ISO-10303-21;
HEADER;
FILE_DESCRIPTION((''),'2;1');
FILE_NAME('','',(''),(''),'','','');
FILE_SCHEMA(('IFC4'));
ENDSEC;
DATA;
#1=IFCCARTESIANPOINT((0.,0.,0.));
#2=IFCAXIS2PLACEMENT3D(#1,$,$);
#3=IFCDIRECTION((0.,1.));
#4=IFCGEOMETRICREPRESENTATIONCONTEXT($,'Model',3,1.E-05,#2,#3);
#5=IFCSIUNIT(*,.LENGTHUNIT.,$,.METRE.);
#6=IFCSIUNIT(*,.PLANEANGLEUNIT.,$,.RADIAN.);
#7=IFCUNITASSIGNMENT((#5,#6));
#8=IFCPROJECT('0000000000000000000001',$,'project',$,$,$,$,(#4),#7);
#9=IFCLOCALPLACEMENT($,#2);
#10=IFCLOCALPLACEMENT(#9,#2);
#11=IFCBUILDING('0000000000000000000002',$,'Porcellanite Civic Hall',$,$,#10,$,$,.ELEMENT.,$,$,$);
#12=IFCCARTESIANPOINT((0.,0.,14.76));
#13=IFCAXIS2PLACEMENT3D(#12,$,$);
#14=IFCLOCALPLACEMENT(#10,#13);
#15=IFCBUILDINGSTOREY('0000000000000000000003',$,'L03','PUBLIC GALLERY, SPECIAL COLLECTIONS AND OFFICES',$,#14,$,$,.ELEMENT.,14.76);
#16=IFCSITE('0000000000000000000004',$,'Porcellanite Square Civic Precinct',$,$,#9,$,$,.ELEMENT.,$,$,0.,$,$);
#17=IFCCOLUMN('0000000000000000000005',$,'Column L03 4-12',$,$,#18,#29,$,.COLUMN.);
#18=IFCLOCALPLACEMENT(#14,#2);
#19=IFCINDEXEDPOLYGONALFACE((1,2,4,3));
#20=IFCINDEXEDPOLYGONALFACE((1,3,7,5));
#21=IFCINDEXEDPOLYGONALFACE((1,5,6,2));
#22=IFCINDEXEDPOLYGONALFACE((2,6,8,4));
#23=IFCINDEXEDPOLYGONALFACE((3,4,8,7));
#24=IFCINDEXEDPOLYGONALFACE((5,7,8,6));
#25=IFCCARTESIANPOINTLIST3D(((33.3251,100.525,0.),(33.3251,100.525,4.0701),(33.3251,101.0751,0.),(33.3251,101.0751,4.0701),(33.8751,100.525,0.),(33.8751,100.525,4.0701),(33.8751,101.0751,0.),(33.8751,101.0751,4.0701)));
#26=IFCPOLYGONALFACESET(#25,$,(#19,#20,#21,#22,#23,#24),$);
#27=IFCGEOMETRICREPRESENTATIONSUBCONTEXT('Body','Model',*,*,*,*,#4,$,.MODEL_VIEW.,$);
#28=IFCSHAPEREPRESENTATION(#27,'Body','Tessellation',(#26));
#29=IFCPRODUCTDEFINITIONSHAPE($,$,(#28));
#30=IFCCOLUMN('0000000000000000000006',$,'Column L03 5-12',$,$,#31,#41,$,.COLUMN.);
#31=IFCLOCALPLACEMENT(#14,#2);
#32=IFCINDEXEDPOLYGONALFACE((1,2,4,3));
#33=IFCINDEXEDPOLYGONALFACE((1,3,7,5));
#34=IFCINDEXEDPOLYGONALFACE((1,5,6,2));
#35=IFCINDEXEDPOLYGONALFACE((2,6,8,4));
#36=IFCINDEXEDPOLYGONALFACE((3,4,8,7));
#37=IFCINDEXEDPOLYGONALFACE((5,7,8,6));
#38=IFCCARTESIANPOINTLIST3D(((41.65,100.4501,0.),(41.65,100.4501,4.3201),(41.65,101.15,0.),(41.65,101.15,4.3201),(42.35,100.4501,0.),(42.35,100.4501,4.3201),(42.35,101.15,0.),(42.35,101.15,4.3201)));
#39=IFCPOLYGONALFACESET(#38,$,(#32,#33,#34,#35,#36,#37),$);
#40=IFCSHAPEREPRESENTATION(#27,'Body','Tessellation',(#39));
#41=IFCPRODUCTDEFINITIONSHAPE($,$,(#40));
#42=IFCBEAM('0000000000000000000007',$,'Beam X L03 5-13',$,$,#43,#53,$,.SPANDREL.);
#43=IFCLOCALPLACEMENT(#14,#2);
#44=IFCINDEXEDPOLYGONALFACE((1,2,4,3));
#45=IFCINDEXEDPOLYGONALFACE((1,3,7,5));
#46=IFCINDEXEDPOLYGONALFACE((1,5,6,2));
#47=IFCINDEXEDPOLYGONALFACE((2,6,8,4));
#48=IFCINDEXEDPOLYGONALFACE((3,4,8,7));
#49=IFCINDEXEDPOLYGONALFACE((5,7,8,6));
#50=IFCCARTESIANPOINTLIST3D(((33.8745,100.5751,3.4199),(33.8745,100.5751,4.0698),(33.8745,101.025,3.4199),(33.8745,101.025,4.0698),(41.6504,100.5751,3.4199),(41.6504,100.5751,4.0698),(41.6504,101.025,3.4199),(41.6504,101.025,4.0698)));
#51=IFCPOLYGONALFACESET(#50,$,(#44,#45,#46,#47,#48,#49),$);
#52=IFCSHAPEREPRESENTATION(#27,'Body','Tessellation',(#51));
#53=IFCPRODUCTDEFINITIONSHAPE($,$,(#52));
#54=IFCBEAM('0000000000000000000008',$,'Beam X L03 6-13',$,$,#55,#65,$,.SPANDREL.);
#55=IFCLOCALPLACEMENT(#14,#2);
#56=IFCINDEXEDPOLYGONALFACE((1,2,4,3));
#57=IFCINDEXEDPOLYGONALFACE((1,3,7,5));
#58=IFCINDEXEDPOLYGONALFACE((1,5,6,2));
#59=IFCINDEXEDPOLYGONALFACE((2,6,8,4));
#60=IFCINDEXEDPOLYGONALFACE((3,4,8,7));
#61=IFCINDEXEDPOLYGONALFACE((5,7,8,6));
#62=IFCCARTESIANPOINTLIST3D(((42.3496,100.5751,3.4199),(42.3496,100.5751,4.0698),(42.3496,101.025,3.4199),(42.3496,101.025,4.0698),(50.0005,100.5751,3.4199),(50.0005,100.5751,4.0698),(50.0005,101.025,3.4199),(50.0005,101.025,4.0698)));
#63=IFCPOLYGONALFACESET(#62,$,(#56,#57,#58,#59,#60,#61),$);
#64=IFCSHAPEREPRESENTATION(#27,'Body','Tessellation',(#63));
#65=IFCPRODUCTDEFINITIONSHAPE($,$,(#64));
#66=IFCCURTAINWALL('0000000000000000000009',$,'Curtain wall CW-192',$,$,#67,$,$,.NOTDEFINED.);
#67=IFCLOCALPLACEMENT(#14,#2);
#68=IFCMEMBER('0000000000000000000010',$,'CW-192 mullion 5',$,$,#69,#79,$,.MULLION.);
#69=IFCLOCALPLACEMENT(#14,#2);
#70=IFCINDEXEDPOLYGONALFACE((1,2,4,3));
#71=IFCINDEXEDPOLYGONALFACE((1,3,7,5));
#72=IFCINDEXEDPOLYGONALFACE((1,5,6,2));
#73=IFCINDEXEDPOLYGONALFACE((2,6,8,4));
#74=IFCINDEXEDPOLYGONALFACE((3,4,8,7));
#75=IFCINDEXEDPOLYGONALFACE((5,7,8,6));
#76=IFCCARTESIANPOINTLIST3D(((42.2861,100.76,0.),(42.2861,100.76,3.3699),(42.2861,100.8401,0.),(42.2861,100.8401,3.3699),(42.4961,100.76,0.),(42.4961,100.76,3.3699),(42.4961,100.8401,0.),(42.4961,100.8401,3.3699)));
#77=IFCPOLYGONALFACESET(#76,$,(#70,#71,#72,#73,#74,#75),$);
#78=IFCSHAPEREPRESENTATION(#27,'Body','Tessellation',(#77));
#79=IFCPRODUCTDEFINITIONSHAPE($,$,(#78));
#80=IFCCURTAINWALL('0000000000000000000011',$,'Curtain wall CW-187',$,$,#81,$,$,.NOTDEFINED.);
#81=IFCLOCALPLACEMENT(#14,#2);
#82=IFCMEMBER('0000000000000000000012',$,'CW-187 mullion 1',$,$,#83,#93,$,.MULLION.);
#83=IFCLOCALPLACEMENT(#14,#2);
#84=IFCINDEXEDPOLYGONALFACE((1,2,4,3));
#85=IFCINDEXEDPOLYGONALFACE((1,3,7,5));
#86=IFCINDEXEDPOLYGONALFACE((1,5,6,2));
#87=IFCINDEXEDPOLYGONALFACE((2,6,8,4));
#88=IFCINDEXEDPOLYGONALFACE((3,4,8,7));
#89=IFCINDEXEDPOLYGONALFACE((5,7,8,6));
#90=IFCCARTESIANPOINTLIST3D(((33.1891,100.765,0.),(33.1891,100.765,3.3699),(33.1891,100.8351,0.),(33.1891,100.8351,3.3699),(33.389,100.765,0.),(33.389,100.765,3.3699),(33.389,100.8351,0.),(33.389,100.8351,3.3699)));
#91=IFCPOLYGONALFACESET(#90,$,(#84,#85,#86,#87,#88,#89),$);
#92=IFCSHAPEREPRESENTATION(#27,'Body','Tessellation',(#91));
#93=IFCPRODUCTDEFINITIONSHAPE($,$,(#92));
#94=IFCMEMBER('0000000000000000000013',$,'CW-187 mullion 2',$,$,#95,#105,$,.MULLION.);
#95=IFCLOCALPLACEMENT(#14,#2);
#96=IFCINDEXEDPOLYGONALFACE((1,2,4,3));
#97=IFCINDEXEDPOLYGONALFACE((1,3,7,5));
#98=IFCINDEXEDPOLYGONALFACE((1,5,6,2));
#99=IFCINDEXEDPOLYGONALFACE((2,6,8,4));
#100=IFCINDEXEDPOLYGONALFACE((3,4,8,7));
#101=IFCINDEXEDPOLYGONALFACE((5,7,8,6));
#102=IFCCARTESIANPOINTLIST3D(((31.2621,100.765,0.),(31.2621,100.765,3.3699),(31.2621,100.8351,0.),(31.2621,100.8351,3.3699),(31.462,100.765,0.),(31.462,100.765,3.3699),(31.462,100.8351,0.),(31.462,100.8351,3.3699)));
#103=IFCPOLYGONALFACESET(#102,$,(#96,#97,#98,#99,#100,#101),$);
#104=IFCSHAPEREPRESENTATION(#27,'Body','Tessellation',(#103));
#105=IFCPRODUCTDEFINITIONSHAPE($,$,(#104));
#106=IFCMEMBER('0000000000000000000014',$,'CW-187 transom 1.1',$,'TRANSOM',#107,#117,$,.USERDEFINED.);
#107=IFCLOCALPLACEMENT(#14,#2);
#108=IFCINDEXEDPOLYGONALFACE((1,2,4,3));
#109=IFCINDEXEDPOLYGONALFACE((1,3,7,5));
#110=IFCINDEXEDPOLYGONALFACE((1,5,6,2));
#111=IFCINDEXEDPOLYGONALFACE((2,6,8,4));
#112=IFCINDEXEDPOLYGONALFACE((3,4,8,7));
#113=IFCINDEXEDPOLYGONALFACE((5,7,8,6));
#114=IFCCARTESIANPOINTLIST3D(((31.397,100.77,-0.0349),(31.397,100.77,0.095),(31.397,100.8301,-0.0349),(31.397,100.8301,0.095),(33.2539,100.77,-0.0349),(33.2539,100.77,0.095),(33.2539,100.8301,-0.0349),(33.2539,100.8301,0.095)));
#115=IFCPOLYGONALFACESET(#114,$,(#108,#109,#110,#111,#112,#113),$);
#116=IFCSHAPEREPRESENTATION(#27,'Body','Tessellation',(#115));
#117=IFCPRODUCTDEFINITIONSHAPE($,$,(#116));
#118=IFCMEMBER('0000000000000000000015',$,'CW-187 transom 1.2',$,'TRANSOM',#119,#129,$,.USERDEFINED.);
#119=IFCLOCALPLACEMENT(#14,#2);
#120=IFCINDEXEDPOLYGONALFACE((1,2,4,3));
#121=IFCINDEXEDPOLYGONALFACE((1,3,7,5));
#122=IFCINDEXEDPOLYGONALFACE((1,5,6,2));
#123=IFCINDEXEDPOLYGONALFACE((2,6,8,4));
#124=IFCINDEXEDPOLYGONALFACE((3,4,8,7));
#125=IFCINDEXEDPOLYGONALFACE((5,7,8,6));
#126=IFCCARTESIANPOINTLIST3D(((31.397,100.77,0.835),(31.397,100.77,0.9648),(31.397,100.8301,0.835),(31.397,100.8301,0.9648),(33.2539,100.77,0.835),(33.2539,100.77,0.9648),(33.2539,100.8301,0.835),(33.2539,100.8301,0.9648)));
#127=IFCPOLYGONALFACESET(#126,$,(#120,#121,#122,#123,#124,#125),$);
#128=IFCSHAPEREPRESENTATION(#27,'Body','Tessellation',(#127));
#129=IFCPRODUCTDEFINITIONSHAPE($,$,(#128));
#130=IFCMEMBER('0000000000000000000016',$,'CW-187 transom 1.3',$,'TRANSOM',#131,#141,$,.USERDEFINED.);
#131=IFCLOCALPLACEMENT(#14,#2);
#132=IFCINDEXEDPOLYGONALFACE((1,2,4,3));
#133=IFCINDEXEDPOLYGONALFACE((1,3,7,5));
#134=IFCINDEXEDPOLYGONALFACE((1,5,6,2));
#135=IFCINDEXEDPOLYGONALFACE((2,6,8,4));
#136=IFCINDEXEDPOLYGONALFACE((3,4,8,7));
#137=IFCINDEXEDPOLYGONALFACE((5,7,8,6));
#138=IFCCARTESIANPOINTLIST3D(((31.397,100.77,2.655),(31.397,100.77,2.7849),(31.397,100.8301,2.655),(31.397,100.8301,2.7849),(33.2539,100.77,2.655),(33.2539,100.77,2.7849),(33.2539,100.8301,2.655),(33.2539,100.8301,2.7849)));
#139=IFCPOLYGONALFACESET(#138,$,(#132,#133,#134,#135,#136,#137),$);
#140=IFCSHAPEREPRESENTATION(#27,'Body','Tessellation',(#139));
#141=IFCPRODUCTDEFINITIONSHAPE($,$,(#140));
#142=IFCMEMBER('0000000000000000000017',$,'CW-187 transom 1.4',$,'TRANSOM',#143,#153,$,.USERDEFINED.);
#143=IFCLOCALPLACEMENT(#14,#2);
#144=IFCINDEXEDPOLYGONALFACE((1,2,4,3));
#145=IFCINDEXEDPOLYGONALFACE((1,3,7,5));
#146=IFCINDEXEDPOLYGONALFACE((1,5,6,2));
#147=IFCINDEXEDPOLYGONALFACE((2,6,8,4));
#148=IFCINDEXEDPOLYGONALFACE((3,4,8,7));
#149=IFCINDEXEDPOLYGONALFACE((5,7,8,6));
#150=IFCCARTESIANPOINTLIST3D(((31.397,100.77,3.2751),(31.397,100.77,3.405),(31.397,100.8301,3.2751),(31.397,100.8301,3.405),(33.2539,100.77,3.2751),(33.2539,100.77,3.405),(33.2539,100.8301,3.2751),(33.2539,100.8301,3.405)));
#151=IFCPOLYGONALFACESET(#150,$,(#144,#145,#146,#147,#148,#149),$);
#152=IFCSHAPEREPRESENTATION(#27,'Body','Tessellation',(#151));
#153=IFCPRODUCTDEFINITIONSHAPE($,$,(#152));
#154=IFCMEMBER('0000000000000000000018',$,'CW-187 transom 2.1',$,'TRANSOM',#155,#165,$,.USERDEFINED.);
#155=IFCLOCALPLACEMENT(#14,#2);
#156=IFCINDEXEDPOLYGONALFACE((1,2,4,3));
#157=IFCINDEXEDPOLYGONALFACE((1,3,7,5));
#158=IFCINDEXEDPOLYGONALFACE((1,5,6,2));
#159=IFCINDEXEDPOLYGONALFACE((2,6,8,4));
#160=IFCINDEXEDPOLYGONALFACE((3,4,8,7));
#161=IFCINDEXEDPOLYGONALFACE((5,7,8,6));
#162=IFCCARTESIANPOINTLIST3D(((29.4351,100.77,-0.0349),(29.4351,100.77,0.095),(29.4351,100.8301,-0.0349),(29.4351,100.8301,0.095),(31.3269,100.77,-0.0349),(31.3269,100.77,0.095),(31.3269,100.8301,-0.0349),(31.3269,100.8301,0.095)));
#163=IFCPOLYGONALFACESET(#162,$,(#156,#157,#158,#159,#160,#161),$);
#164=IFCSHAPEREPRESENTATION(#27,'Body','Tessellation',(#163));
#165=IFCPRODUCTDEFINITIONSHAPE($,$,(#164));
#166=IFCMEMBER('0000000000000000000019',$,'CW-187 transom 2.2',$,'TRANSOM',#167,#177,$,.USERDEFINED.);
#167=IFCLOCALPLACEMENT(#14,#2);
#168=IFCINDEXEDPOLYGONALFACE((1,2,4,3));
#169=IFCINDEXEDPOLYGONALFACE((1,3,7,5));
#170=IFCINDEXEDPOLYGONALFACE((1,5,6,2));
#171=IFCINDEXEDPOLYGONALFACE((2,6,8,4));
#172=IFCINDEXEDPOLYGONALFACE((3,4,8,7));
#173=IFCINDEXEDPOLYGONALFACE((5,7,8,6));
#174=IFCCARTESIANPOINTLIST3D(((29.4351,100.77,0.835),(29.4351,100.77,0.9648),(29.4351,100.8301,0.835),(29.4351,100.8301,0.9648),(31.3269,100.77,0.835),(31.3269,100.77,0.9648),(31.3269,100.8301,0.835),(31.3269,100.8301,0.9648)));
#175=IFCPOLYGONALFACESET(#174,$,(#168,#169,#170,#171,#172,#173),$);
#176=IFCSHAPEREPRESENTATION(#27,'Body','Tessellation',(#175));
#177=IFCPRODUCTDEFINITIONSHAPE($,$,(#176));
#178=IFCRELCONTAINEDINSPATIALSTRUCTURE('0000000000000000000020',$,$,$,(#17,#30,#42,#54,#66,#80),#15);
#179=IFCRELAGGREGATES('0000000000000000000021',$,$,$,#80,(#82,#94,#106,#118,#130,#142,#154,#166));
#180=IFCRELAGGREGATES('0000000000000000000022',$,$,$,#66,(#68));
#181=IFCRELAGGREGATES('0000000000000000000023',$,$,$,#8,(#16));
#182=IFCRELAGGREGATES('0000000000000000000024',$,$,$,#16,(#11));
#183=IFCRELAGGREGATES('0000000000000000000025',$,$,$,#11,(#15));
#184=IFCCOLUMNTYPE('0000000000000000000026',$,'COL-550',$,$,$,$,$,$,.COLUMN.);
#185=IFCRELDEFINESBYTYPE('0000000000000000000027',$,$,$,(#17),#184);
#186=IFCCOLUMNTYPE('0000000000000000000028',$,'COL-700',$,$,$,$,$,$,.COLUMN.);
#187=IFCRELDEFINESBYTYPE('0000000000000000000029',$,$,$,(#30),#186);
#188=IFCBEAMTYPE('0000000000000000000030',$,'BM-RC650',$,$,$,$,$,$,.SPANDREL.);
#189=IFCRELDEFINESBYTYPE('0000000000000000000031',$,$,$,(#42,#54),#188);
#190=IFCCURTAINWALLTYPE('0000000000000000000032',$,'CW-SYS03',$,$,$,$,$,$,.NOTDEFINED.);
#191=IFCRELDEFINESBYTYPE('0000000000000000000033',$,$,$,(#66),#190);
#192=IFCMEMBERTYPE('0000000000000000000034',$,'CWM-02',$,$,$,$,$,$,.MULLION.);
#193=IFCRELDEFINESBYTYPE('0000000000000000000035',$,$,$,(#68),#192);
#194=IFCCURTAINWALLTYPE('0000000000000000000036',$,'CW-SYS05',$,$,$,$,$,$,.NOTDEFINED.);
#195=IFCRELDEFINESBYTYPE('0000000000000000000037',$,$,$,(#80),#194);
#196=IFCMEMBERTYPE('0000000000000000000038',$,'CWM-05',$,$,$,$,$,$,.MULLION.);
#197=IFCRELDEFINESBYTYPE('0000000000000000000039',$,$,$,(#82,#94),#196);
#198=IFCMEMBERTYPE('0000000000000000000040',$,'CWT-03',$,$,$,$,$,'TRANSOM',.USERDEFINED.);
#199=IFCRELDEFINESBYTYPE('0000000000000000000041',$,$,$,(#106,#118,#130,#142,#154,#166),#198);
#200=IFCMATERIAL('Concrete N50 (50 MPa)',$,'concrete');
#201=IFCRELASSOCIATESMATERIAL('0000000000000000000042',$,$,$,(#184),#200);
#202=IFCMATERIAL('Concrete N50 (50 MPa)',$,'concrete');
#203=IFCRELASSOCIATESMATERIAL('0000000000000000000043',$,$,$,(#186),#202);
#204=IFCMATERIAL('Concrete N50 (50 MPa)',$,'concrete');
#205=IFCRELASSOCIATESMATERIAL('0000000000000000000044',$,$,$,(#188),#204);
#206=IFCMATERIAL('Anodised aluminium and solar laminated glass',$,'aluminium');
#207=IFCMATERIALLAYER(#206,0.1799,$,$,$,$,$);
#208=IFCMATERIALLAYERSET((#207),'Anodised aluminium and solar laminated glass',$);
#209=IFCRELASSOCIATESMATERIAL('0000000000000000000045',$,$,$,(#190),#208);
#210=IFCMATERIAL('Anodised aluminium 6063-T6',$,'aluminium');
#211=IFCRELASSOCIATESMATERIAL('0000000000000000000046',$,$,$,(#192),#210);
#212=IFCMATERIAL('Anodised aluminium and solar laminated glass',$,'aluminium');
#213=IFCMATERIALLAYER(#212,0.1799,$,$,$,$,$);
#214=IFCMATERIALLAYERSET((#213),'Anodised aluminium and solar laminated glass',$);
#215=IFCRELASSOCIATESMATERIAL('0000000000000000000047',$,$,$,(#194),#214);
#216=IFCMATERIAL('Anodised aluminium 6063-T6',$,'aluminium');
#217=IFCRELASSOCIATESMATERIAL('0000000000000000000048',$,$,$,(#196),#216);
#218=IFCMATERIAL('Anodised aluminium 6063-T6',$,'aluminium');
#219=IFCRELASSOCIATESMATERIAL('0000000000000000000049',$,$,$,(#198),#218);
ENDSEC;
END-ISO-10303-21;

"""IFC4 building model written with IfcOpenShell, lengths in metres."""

from ifc_helpers import new_model, si_unit, direction, frame, origin, origin_2d, place, context, subcontext, project, spatial, rectangle, extrude, material, layer, layer_set, material_profile, profile_set, type_object, element, aggregate, save


model = new_model("IFC4")

# Units and contexts
model_context = context("Model", 3, precision=1e-05, world=origin(), true_north=direction((0.0, 1.0)))
body_context = subcontext(model_context, "Body", "Model", "MODEL_VIEW")
ifc_project = project(units=[si_unit("LENGTHUNIT", "METRE"), si_unit("PLANEANGLEUNIT", "RADIAN")], contexts=[model_context])

# Site, building, storey
site_placement = place(None, origin())
site = spatial("IfcSite", under=ifc_project, at=site_placement, Name="Porcellanite Square Civic Precinct", CompositionType="ELEMENT", RefElevation=0.0)
building_placement = place(site_placement, origin())
building = spatial("IfcBuilding", under=site, at=building_placement, Name="Porcellanite Civic Hall", CompositionType="ELEMENT")
storey_placement = place(building_placement, frame((0.0, 0.0, 14.76)))
storey = spatial("IfcBuildingStorey", under=building, at=storey_placement, Name="L03", Description="PUBLIC GALLERY, SPECIAL COLLECTIONS AND OFFICES", CompositionType="ELEMENT", Elevation=14.76)

# Columns
ifc_material_1 = material(Name="Concrete N50 (50 MPa)", Category="concrete")
ifc_material_profile_1 = material_profile(ifc_material_1, rectangle(XDim=0.55, YDim=0.55, at=origin_2d()), Name="RC-550x550")
ifc_profile_set_1 = profile_set([ifc_material_profile_1], Name="Concrete N50 (50 MPa)")
column_type_1 = type_object("IfcColumnType", Name="COL-550", PredefinedType="COLUMN", material=ifc_profile_set_1)
column_1_placement = place(storey_placement, frame((33.6001, 100.8, 0.0), z_axis=(0.0, 0.0, 1.0), x_axis=(1.0, 0.0, 0.0)))
element("IfcColumn", 1, at=column_1_placement, inside=storey, type_object=column_type_1, Name="Column L03 4-12", PredefinedType="COLUMN", context=body_context, shape_type="SweptSolid", body=[
    extrude(rectangle(XDim=0.55, YDim=0.55, at=origin_2d()), origin(), (0.0, 0.0, 1.0), 4.0701),
])
ifc_material_2 = material(Name="Concrete N50 (50 MPa)", Category="concrete")
ifc_material_profile_2 = material_profile(ifc_material_2, rectangle(XDim=0.7, YDim=0.7, at=origin_2d()), Name="RC-700x700")
ifc_profile_set_2 = profile_set([ifc_material_profile_2], Name="Concrete N50 (50 MPa)")
column_type_2 = type_object("IfcColumnType", Name="COL-700", PredefinedType="COLUMN", material=ifc_profile_set_2)
column_2_placement = place(storey_placement, frame((42.0, 100.8, 0.0), z_axis=(0.0, 0.0, 1.0), x_axis=(1.0, 0.0, 0.0)))
element("IfcColumn", 2, at=column_2_placement, inside=storey, type_object=column_type_2, Name="Column L03 5-12", PredefinedType="COLUMN", context=body_context, shape_type="SweptSolid", body=[
    extrude(rectangle(XDim=0.7, YDim=0.7, at=origin_2d()), origin(), (0.0, 0.0, 1.0), 4.3201),
])

# Beams
ifc_material_3 = material(Name="Concrete N50 (50 MPa)", Category="concrete")
ifc_material_profile_3 = material_profile(ifc_material_3, rectangle(XDim=0.45, YDim=0.6499, at=origin_2d()), Name="RC-450x650")
ifc_profile_set_3 = profile_set([ifc_material_profile_3], Name="Concrete N50 (50 MPa)")
beam_type = type_object("IfcBeamType", Name="BM-RC650", PredefinedType="SPANDREL", material=ifc_profile_set_3)
beam_1_placement = place(storey_placement, frame((33.8745, 100.8, 3.7449), z_axis=(1.0, 0.0, 0.0), x_axis=(0.0, 1.0, 0.0)))
element("IfcBeam", 3, at=beam_1_placement, inside=storey, type_object=beam_type, Name="Beam X L03 5-13", PredefinedType="SPANDREL", context=body_context, shape_type="SweptSolid", body=[
    extrude(rectangle(XDim=0.45, YDim=0.6499, at=origin_2d()), origin(), (0.0, 0.0, 1.0), 7.7759),
])
beam_2_placement = place(storey_placement, frame((42.3496, 100.8, 3.7449), z_axis=(1.0, 0.0, 0.0), x_axis=(0.0, 1.0, 0.0)))
element("IfcBeam", 4, at=beam_2_placement, inside=storey, type_object=beam_type, Name="Beam X L03 6-13", PredefinedType="SPANDREL", context=body_context, shape_type="SweptSolid", body=[
    extrude(rectangle(XDim=0.45, YDim=0.6499, at=origin_2d()), origin(), (0.0, 0.0, 1.0), 7.6509),
])

# Curtain wall, member
ifc_material_4 = material(Name="Anodised aluminium and solar laminated glass", Category="aluminium")
ifc_layer_1 = layer(ifc_material_4, 0.1799)
ifc_layer_set_1 = layer_set([ifc_layer_1], Name="Anodised aluminium and solar laminated glass")
curtain_wall_type_1 = type_object("IfcCurtainWallType", Name="CW-SYS03", PredefinedType="NOTDEFINED", material=ifc_layer_set_1)
curtain_wall_1_placement = place(storey_placement, origin())
curtain_wall_1 = element("IfcCurtainWall", 5, at=curtain_wall_1_placement, inside=storey, type_object=curtain_wall_type_1, Name="Curtain wall CW-192", PredefinedType="NOTDEFINED")
ifc_material_5 = material(Name="Anodised aluminium 6063-T6", Category="aluminium")
ifc_material_profile_4 = material_profile(ifc_material_5, rectangle(XDim=0.0801, YDim=0.21, at=origin_2d()), Name="AL-80x210")
ifc_profile_set_4 = profile_set([ifc_material_profile_4], Name="Anodised aluminium 6063-T6")
member_type_1 = type_object("IfcMemberType", Name="CWM-02", PredefinedType="MULLION", material=ifc_profile_set_4)
member_1_placement = place(storey_placement, frame((42.3911, 100.8, 0.0), z_axis=(0.0, 0.0, 1.0), x_axis=(0.0, -1.0, 0.0)))
member_1 = element("IfcMember", 6, at=member_1_placement, type_object=member_type_1, Name="CW-192 mullion 5", PredefinedType="MULLION", context=body_context, shape_type="SweptSolid", body=[
    extrude(rectangle(XDim=0.0801, YDim=0.21, at=origin_2d()), origin(), (0.0, 0.0, 1.0), 3.3699),
])

# Curtain wall, members
ifc_material_6 = material(Name="Anodised aluminium and solar laminated glass", Category="aluminium")
ifc_layer_2 = layer(ifc_material_6, 0.1799)
ifc_layer_set_2 = layer_set([ifc_layer_2], Name="Anodised aluminium and solar laminated glass")
curtain_wall_type_2 = type_object("IfcCurtainWallType", Name="CW-SYS05", PredefinedType="NOTDEFINED", material=ifc_layer_set_2)
curtain_wall_2_placement = place(storey_placement, origin())
curtain_wall_2 = element("IfcCurtainWall", 7, at=curtain_wall_2_placement, inside=storey, type_object=curtain_wall_type_2, Name="Curtain wall CW-187", PredefinedType="NOTDEFINED")
ifc_material_7 = material(Name="Anodised aluminium 6063-T6", Category="aluminium")
ifc_material_profile_5 = material_profile(ifc_material_7, rectangle(XDim=0.0701, YDim=0.2, at=origin_2d()), Name="AL-70x200")
ifc_profile_set_5 = profile_set([ifc_material_profile_5], Name="Anodised aluminium 6063-T6")
member_type_2 = type_object("IfcMemberType", Name="CWM-05", PredefinedType="MULLION", material=ifc_profile_set_5)
member_2_placement = place(storey_placement, frame((33.2891, 100.8, 0.0), z_axis=(0.0, 0.0, 1.0), x_axis=(0.0, -1.0, 0.0)))
member_2 = element("IfcMember", 8, at=member_2_placement, type_object=member_type_2, Name="CW-187 mullion 1", PredefinedType="MULLION", context=body_context, shape_type="SweptSolid", body=[
    extrude(rectangle(XDim=0.0701, YDim=0.2, at=origin_2d()), origin(), (0.0, 0.0, 1.0), 3.3699),
])
member_3_placement = place(storey_placement, frame((31.3621, 100.8, 0.0), z_axis=(0.0, 0.0, 1.0), x_axis=(0.0, -1.0, 0.0)))
member_3 = element("IfcMember", 9, at=member_3_placement, type_object=member_type_2, Name="CW-187 mullion 2", PredefinedType="MULLION", context=body_context, shape_type="SweptSolid", body=[
    extrude(rectangle(XDim=0.0701, YDim=0.2, at=origin_2d()), origin(), (0.0, 0.0, 1.0), 3.3699),
])
ifc_material_8 = material(Name="Anodised aluminium 6063-T6", Category="aluminium")
ifc_material_profile_6 = material_profile(ifc_material_8, rectangle(XDim=0.0601, YDim=0.1299, at=origin_2d()), Name="AL-60x130")
ifc_profile_set_6 = profile_set([ifc_material_profile_6], Name="Anodised aluminium 6063-T6")
member_type_3 = type_object("IfcMemberType", Name="CWT-03", ElementType="TRANSOM", PredefinedType="USERDEFINED", material=ifc_profile_set_6)
member_4_placement = place(storey_placement, frame((33.2539, 100.8, 0.03), z_axis=(-1.0, 0.0, 0.0), x_axis=(0.0, -1.0, 0.0)))
member_4 = element("IfcMember", 10, at=member_4_placement, type_object=member_type_3, Name="CW-187 transom 1.1", ObjectType="TRANSOM", PredefinedType="USERDEFINED", context=body_context, shape_type="SweptSolid", body=[
    extrude(rectangle(XDim=0.0601, YDim=0.1299, at=origin_2d()), origin(), (0.0, 0.0, 1.0), 1.8569),
])
member_5_placement = place(storey_placement, frame((33.2539, 100.8, 0.8999), z_axis=(-1.0, 0.0, 0.0), x_axis=(0.0, -1.0, 0.0)))
member_5 = element("IfcMember", 11, at=member_5_placement, type_object=member_type_3, Name="CW-187 transom 1.2", ObjectType="TRANSOM", PredefinedType="USERDEFINED", context=body_context, shape_type="SweptSolid", body=[
    extrude(rectangle(XDim=0.0601, YDim=0.1299, at=origin_2d()), origin(), (0.0, 0.0, 1.0), 1.8569),
])
member_6_placement = place(storey_placement, frame((33.2539, 100.8, 2.72), z_axis=(-1.0, 0.0, 0.0), x_axis=(0.0, -1.0, 0.0)))
member_6 = element("IfcMember", 12, at=member_6_placement, type_object=member_type_3, Name="CW-187 transom 1.3", ObjectType="TRANSOM", PredefinedType="USERDEFINED", context=body_context, shape_type="SweptSolid", body=[
    extrude(rectangle(XDim=0.0601, YDim=0.1299, at=origin_2d()), origin(), (0.0, 0.0, 1.0), 1.8569),
])
member_7_placement = place(storey_placement, frame((33.2539, 100.8, 3.3401), z_axis=(-1.0, 0.0, 0.0), x_axis=(0.0, -1.0, 0.0)))
member_7 = element("IfcMember", 13, at=member_7_placement, type_object=member_type_3, Name="CW-187 transom 1.4", ObjectType="TRANSOM", PredefinedType="USERDEFINED", context=body_context, shape_type="SweptSolid", body=[
    extrude(rectangle(XDim=0.0601, YDim=0.1299, at=origin_2d()), origin(), (0.0, 0.0, 1.0), 1.8569),
])
member_8_placement = place(storey_placement, frame((31.3269, 100.8, 0.03), z_axis=(-1.0, 0.0, 0.0), x_axis=(0.0, -1.0, 0.0)))
member_8 = element("IfcMember", 14, at=member_8_placement, type_object=member_type_3, Name="CW-187 transom 2.1", ObjectType="TRANSOM", PredefinedType="USERDEFINED", context=body_context, shape_type="SweptSolid", body=[
    extrude(rectangle(XDim=0.0601, YDim=0.1299, at=origin_2d()), origin(), (0.0, 0.0, 1.0), 1.8918),
])
member_9_placement = place(storey_placement, frame((31.3269, 100.8, 0.8999), z_axis=(-1.0, 0.0, 0.0), x_axis=(0.0, -1.0, 0.0)))
member_9 = element("IfcMember", 15, at=member_9_placement, type_object=member_type_3, Name="CW-187 transom 2.2", ObjectType="TRANSOM", PredefinedType="USERDEFINED", context=body_context, shape_type="SweptSolid", body=[
    extrude(rectangle(XDim=0.0601, YDim=0.1299, at=origin_2d()), origin(), (0.0, 0.0, 1.0), 1.8918),
])

aggregate(curtain_wall_2, [member_2, member_3, member_4, member_5, member_6, member_7, member_8, member_9])
aggregate(curtain_wall_1, [member_1])

save(model, "model.ifc")
